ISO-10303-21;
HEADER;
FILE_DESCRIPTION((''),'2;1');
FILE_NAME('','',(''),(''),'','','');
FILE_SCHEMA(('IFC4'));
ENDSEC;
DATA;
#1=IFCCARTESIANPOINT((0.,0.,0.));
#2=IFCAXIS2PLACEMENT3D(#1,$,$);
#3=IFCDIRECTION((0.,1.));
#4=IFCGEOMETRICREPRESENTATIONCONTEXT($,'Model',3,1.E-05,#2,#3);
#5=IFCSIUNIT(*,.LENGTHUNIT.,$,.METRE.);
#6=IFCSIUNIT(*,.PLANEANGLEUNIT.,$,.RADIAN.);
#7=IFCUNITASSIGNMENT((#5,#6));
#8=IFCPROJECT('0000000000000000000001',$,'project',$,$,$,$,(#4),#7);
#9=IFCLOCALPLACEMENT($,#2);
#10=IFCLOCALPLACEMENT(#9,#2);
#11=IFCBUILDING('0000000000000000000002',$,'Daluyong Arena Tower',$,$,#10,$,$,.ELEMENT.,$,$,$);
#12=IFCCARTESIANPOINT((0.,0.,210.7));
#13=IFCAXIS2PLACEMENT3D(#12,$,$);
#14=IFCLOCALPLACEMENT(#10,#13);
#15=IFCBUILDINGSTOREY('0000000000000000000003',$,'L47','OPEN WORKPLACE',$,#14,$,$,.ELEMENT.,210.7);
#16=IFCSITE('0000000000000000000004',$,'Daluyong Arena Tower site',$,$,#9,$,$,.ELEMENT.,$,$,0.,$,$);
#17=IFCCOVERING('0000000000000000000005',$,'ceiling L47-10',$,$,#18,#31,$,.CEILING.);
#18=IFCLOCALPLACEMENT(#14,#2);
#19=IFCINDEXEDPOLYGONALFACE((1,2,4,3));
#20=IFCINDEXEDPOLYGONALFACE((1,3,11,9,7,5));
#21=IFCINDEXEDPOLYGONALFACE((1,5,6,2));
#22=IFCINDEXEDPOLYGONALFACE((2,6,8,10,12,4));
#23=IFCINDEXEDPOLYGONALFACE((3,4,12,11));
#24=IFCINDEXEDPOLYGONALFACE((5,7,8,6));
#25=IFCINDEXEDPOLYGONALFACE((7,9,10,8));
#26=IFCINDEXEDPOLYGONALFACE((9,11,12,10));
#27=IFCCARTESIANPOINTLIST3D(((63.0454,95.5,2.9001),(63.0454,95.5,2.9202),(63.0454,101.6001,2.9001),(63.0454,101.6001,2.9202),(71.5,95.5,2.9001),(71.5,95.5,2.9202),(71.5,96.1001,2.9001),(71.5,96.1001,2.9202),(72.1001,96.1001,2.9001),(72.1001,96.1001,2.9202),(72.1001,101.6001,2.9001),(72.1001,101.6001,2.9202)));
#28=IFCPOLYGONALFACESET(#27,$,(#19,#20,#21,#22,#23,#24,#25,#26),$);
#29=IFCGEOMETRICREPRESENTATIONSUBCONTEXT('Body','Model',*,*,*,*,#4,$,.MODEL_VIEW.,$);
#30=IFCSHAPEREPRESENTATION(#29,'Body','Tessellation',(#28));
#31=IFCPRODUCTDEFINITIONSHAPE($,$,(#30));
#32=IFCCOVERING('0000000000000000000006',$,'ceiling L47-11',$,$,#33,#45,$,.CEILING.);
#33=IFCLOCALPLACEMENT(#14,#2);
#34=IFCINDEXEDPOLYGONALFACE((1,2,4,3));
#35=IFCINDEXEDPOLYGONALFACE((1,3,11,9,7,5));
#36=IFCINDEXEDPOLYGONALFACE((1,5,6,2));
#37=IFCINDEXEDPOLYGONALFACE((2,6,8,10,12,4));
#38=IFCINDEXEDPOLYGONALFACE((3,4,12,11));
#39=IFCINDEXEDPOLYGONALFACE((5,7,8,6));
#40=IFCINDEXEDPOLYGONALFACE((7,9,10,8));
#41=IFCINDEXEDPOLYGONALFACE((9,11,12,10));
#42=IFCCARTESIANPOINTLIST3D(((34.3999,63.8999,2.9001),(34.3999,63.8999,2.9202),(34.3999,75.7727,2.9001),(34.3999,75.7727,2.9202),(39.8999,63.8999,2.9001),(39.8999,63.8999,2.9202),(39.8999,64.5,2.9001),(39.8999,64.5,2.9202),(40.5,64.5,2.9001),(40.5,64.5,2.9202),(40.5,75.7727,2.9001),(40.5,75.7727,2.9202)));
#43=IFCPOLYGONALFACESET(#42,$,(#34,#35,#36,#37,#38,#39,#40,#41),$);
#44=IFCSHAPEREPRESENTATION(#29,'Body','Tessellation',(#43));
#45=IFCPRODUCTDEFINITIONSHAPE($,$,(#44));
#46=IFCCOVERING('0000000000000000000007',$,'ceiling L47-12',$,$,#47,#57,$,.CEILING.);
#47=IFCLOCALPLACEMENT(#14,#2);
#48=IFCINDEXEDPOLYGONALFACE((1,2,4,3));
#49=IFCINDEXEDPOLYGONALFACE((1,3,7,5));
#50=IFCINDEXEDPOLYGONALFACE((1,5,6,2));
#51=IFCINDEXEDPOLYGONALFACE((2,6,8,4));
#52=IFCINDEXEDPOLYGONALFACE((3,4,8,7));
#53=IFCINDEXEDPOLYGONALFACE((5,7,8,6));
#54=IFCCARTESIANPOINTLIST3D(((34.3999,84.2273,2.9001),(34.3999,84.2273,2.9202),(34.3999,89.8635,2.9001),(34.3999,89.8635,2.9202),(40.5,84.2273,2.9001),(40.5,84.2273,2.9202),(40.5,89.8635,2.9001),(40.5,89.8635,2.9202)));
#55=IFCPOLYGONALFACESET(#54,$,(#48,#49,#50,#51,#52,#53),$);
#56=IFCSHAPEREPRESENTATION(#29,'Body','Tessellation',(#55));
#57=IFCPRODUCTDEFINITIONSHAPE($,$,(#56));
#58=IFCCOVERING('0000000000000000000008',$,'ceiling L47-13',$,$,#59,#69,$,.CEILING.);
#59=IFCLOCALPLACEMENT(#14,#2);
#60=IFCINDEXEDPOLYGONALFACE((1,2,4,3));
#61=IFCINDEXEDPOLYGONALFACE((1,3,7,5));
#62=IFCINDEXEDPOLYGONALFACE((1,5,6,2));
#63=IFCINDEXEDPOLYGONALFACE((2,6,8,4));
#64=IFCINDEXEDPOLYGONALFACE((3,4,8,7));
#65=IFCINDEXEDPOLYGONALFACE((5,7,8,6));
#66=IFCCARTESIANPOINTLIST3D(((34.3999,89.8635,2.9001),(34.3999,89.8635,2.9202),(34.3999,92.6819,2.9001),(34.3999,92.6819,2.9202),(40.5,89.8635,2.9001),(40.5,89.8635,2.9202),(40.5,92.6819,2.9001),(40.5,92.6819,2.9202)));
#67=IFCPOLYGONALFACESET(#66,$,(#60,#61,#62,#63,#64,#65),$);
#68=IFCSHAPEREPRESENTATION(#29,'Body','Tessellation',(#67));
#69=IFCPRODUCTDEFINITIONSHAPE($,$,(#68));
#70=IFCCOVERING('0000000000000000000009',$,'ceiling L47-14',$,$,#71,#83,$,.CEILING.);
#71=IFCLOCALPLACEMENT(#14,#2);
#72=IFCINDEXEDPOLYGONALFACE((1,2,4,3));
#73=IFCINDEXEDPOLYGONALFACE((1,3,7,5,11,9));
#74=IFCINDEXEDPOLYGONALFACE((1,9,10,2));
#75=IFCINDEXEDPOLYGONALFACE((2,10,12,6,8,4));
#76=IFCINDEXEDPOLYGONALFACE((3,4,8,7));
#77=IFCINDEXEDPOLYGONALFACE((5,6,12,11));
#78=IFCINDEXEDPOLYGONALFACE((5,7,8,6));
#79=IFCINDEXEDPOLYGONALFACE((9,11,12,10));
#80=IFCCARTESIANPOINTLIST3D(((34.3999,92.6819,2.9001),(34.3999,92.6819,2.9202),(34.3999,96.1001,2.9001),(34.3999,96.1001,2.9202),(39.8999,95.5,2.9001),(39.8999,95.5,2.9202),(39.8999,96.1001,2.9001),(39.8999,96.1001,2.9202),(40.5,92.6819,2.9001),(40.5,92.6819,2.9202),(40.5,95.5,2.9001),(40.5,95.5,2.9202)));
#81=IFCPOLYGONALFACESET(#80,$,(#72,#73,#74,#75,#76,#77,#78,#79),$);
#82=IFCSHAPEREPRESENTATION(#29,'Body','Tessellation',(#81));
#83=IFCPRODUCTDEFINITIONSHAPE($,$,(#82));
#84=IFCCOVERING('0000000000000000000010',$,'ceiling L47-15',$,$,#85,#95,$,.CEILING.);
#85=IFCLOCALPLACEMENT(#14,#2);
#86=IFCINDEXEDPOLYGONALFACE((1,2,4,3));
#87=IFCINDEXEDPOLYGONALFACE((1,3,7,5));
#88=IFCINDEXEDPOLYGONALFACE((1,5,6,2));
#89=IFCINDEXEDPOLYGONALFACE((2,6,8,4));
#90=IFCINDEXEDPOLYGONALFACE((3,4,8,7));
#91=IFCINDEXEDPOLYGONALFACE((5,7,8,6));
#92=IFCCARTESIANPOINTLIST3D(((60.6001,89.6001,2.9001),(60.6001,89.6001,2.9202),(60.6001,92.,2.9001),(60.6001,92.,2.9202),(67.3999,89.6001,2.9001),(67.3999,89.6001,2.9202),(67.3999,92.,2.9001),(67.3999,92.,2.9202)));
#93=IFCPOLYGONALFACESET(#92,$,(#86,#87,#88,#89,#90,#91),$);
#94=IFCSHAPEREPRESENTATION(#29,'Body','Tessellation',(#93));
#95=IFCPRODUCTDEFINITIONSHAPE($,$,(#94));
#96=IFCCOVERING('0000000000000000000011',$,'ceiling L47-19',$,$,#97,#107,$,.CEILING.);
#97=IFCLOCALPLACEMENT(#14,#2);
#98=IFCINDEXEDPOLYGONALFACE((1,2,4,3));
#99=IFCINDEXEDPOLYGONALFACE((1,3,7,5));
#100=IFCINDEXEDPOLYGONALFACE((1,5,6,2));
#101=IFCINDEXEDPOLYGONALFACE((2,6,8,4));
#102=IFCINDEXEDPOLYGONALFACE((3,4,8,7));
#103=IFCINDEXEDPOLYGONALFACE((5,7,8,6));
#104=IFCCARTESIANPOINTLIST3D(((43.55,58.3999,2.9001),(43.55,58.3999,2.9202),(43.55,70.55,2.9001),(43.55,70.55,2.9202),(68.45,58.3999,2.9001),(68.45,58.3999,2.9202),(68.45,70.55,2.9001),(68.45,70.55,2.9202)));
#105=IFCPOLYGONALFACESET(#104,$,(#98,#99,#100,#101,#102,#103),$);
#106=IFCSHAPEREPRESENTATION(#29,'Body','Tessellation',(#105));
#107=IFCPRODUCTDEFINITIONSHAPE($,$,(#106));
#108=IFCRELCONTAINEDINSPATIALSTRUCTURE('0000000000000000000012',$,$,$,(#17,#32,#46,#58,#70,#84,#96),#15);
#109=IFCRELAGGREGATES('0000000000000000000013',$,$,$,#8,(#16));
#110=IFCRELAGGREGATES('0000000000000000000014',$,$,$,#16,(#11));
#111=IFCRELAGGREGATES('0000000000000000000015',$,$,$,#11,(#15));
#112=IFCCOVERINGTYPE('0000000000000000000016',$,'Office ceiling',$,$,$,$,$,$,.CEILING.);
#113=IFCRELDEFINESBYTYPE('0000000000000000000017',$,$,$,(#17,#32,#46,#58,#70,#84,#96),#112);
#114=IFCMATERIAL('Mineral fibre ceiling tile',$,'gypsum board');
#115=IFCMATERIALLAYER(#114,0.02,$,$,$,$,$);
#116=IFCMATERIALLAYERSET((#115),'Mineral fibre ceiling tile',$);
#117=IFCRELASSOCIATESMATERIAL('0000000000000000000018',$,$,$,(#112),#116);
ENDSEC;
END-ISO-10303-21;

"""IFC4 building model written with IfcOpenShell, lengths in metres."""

from ifc_helpers import new_model, si_unit, direction, frame, origin, place, context, subcontext, project, spatial, polyline, outline, extrude, material, layer, layer_set, type_object, element, save


model = new_model("IFC4")

# Units and contexts
model_context = context("Model", 3, precision=1e-05, world=origin(), true_north=direction((0.0, 1.0)))
body_context = subcontext(model_context, "Body", "Model", "MODEL_VIEW")
ifc_project = project(units=[si_unit("LENGTHUNIT", "METRE"), si_unit("PLANEANGLEUNIT", "RADIAN")], contexts=[model_context])

# Site, building, storey
site_placement = place(None, origin())
site = spatial("IfcSite", under=ifc_project, at=site_placement, Name="Daluyong Arena Tower site", CompositionType="ELEMENT", RefElevation=0.0)
building_placement = place(site_placement, origin())
building = spatial("IfcBuilding", under=site, at=building_placement, Name="Daluyong Arena Tower", CompositionType="ELEMENT")
storey_placement = place(building_placement, frame((0.0, 0.0, 210.7)))
storey = spatial("IfcBuildingStorey", under=building, at=storey_placement, Name="L47", Description="OPEN WORKPLACE", CompositionType="ELEMENT", Elevation=210.7)

# Coverings
ifc_material_1 = material(Name="Mineral fibre ceiling tile", Category="gypsum board")
ifc_layer_1 = layer(ifc_material_1, 0.02)
ifc_layer_set_1 = layer_set([ifc_layer_1], Name="Mineral fibre ceiling tile")
covering_type = type_object("IfcCoveringType", Name="Office ceiling", PredefinedType="CEILING", material=ifc_layer_set_1)
covering_1_placement = place(storey_placement, frame((0.0, 0.0, 2.9001)))
element("IfcCovering", 1, at=covering_1_placement, inside=storey, type_object=covering_type, Name="ceiling L47-10", PredefinedType="CEILING", context=body_context, shape_type="SweptSolid", body=[
    extrude(outline(polyline([(63.0454, 95.5), (71.5, 95.5), (71.5, 96.1001), (72.1001, 96.1001), (72.1001, 101.6001), (63.0454, 101.6001), (63.0454, 95.5)])), origin(), (0.0, 0.0, 1.0), 0.02),
])
covering_2_placement = place(storey_placement, frame((0.0, 0.0, 2.9001)))
element("IfcCovering", 2, at=covering_2_placement, inside=storey, type_object=covering_type, Name="ceiling L47-11", PredefinedType="CEILING", context=body_context, shape_type="SweptSolid", body=[
    extrude(outline(polyline([(34.3999, 63.8999), (39.8999, 63.8999), (39.8999, 64.5), (40.5, 64.5), (40.5, 75.7727), (34.3999, 75.7727), (34.3999, 63.8999)])), origin(), (0.0, 0.0, 1.0), 0.02),
])
covering_3_placement = place(storey_placement, frame((0.0, 0.0, 2.9001)))
element("IfcCovering", 3, at=covering_3_placement, inside=storey, type_object=covering_type, Name="ceiling L47-12", PredefinedType="CEILING", context=body_context, shape_type="SweptSolid", body=[
    extrude(outline(polyline([(40.5, 89.8635), (34.3999, 89.8635), (34.3999, 84.2273), (40.5, 84.2273), (40.5, 89.8635)])), origin(), (0.0, 0.0, 1.0), 0.02),
])
covering_4_placement = place(storey_placement, frame((0.0, 0.0, 2.9001)))
element("IfcCovering", 4, at=covering_4_placement, inside=storey, type_object=covering_type, Name="ceiling L47-13", PredefinedType="CEILING", context=body_context, shape_type="SweptSolid", body=[
    extrude(outline(polyline([(40.5, 92.6819), (34.3999, 92.6819), (34.3999, 89.8635), (40.5, 89.8635), (40.5, 92.6819)])), origin(), (0.0, 0.0, 1.0), 0.02),
])
covering_5_placement = place(storey_placement, frame((0.0, 0.0, 2.9001)))
element("IfcCovering", 5, at=covering_5_placement, inside=storey, type_object=covering_type, Name="ceiling L47-14", PredefinedType="CEILING", context=body_context, shape_type="SweptSolid", body=[
    extrude(outline(polyline([(40.5, 92.6819), (40.5, 95.5), (39.8999, 95.5), (39.8999, 96.1001), (34.3999, 96.1001), (34.3999, 92.6819), (40.5, 92.6819)])), origin(), (0.0, 0.0, 1.0), 0.02),
])
covering_6_placement = place(storey_placement, frame((0.0, 0.0, 2.9001)))
element("IfcCovering", 6, at=covering_6_placement, inside=storey, type_object=covering_type, Name="ceiling L47-15", PredefinedType="CEILING", context=body_context, shape_type="SweptSolid", body=[
    extrude(outline(polyline([(60.6001, 89.6001), (67.3999, 89.6001), (67.3999, 92.0), (60.6001, 92.0), (60.6001, 89.6001)])), origin(), (0.0, 0.0, 1.0), 0.02),
])
covering_7_placement = place(storey_placement, frame((0.0, 0.0, 2.9001)))
element("IfcCovering", 7, at=covering_7_placement, inside=storey, type_object=covering_type, Name="ceiling L47-19", PredefinedType="CEILING", context=body_context, shape_type="SweptSolid", body=[
    extrude(outline(polyline([(43.55, 58.3999), (68.45, 58.3999), (68.45, 70.55), (43.55, 70.55), (43.55, 58.3999)])), origin(), (0.0, 0.0, 1.0), 0.02),
])

save(model, "model.ifc")
